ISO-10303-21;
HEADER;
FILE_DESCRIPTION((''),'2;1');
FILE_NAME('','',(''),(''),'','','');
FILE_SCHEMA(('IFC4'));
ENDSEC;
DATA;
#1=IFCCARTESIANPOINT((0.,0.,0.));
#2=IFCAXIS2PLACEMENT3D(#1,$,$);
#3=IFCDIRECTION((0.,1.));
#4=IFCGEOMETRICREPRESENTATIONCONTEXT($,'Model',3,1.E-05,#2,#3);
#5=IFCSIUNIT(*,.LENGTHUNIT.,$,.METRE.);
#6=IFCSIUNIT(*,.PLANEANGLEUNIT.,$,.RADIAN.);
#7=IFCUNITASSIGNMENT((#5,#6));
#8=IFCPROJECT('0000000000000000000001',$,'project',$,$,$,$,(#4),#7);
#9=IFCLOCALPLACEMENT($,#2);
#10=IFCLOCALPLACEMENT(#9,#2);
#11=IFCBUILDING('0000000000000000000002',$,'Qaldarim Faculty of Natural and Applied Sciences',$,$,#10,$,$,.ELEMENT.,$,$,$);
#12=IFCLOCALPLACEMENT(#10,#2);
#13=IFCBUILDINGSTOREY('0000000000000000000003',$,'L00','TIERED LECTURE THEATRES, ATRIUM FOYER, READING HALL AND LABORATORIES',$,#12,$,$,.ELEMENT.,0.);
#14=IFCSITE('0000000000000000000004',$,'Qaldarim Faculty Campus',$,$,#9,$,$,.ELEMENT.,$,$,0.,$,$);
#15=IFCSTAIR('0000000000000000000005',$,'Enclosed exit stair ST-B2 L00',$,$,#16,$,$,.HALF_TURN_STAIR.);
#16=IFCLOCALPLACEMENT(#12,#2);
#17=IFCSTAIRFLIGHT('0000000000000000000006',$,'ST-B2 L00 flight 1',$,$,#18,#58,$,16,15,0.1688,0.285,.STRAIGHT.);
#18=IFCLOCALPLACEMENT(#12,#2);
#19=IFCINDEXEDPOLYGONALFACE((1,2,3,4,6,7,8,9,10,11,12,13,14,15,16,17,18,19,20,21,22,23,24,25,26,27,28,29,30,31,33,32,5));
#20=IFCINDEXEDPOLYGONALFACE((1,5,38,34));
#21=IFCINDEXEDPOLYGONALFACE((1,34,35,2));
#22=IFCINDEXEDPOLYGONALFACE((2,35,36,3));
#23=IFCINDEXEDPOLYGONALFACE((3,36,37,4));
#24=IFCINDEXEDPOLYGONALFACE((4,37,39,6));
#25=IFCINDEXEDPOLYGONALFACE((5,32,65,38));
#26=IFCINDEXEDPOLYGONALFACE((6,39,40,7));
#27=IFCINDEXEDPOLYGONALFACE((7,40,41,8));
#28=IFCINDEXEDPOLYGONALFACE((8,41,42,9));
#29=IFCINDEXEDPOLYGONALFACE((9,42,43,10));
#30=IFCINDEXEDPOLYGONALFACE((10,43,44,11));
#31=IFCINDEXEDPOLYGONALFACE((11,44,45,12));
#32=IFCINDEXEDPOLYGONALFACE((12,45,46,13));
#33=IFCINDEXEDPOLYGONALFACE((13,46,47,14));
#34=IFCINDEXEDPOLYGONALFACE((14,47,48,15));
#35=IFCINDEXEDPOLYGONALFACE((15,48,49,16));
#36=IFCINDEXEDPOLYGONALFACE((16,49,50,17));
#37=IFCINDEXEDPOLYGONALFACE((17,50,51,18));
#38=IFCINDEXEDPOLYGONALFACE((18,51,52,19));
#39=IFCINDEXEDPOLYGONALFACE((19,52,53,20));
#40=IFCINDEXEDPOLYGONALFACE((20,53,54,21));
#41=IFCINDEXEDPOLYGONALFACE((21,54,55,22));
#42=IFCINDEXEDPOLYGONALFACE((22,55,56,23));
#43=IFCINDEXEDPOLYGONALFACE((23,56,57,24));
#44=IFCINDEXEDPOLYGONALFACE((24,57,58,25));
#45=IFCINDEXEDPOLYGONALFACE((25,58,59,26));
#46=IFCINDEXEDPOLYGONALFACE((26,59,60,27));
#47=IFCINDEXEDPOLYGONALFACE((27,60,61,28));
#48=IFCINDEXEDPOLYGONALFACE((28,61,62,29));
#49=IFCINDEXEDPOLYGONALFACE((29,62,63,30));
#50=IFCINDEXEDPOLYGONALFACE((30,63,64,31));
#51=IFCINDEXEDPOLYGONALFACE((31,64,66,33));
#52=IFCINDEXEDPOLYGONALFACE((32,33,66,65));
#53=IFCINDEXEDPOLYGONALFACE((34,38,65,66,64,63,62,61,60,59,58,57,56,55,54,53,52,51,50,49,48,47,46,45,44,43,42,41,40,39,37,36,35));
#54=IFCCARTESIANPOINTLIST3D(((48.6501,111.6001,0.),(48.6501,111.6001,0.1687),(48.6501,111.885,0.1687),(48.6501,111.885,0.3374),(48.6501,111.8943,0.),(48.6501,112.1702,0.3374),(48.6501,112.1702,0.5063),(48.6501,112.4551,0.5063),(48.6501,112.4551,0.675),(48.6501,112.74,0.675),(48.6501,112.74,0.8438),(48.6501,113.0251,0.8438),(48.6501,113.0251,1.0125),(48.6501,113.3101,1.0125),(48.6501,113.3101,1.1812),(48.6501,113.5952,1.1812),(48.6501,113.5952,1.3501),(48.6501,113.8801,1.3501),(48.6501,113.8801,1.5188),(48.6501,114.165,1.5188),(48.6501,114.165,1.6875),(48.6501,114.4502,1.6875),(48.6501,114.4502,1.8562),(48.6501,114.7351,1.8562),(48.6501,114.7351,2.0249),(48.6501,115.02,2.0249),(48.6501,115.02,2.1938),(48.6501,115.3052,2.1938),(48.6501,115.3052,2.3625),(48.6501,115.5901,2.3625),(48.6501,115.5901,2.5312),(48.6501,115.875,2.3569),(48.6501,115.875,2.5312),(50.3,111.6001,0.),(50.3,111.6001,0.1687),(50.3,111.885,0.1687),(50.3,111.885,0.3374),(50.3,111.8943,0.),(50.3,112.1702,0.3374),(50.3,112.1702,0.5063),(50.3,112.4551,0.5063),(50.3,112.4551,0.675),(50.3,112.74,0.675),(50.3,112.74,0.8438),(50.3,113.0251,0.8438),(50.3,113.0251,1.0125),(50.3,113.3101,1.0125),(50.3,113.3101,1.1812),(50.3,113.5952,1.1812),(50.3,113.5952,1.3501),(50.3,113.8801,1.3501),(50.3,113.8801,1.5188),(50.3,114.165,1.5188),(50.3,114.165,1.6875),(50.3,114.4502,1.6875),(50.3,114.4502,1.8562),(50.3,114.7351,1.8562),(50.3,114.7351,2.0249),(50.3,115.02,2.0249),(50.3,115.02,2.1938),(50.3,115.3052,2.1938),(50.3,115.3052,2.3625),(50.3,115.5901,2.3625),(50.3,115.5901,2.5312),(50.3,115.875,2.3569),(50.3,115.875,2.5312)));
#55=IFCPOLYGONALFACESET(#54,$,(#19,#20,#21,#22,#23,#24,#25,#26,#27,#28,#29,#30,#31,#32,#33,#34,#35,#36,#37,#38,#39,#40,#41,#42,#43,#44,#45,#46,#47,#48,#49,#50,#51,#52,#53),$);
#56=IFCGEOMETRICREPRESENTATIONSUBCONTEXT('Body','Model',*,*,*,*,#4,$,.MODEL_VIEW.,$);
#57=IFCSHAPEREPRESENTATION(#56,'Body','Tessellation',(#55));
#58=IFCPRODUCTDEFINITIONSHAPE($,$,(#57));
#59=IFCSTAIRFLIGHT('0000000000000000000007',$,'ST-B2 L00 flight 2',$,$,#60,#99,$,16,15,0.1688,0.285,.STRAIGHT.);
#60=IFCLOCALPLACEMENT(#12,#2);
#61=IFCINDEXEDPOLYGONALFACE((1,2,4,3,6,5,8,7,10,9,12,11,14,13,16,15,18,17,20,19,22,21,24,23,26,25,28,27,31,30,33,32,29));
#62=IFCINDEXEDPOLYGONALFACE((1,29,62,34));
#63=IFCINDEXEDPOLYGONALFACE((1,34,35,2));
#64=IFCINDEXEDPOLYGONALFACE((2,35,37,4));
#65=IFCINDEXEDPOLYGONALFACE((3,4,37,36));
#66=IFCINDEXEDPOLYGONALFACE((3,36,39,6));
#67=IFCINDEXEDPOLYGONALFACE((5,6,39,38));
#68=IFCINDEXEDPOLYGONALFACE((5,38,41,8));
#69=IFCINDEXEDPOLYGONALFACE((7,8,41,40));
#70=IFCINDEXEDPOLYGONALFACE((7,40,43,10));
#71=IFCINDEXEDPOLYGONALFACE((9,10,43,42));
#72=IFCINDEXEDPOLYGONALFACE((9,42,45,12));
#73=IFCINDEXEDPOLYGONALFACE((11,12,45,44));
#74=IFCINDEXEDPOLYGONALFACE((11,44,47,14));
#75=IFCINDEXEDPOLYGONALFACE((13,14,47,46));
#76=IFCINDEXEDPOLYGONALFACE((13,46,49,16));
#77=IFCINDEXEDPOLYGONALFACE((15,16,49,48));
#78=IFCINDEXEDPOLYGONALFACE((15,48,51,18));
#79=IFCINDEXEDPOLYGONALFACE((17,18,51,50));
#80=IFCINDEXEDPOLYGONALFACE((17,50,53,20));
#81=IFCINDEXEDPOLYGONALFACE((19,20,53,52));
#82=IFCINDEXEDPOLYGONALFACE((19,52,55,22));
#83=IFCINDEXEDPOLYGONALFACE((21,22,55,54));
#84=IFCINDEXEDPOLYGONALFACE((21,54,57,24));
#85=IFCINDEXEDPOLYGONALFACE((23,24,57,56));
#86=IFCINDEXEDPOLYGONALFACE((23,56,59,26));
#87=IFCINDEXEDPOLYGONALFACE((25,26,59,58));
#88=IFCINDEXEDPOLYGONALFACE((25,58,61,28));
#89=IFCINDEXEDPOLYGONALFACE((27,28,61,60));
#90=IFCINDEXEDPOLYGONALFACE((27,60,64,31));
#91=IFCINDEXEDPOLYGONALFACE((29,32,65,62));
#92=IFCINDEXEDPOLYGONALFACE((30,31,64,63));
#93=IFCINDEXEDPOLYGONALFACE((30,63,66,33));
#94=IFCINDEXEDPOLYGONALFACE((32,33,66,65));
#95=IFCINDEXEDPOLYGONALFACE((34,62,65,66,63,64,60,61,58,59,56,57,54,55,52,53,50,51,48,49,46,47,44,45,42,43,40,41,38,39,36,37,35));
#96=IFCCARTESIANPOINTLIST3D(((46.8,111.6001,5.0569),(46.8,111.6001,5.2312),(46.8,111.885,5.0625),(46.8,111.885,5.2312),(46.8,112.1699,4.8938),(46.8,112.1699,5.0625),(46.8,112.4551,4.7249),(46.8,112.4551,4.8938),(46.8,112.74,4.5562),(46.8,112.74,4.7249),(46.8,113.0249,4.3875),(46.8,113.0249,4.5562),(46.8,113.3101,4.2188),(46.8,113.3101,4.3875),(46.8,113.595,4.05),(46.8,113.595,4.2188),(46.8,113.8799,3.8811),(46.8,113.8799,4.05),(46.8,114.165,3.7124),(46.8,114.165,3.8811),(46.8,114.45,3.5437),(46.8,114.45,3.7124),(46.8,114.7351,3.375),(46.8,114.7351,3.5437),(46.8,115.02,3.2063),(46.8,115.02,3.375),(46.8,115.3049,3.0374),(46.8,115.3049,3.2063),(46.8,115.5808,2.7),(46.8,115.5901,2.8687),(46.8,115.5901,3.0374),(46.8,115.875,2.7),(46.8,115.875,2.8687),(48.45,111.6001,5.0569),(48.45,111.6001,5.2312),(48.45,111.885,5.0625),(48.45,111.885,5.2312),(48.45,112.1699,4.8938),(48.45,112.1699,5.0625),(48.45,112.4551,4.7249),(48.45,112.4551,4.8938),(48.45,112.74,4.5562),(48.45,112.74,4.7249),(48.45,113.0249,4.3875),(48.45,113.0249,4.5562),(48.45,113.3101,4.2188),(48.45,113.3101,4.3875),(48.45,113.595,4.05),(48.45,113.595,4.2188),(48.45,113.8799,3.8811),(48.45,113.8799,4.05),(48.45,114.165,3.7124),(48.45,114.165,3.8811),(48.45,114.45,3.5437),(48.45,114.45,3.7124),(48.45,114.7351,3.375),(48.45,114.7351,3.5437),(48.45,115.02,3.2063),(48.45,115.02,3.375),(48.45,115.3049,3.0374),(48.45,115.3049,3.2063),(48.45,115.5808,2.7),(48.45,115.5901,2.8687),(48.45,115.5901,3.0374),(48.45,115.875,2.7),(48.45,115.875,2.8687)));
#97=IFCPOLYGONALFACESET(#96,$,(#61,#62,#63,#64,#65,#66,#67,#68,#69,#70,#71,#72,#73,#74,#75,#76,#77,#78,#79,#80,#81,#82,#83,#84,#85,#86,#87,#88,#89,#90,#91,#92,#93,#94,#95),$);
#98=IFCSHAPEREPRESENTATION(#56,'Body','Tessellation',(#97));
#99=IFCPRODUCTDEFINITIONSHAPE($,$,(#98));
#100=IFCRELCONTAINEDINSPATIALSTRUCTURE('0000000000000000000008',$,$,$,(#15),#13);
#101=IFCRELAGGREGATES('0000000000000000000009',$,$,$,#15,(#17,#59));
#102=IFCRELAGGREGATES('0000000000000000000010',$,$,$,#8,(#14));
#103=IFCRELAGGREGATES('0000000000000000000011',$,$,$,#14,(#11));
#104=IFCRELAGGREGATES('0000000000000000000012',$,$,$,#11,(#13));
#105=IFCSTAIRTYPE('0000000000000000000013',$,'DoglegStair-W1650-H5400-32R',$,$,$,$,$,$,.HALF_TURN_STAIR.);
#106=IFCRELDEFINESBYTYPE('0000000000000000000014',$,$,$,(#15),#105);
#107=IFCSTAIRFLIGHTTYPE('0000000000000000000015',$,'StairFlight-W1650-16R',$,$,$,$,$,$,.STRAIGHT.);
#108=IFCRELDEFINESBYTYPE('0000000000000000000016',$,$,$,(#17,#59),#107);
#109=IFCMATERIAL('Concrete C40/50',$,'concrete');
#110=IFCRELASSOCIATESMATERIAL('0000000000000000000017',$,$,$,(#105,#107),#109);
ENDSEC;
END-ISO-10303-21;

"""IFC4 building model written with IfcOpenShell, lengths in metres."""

from ifc_helpers import new_model, si_unit, direction, frame, origin, place, context, subcontext, project, spatial, polyline, outline, extrude, material, type_object, element, aggregate, save


model = new_model("IFC4")

# Units and contexts
model_context = context("Model", 3, precision=1e-05, world=origin(), true_north=direction((0.0, 1.0)))
body_context = subcontext(model_context, "Body", "Model", "MODEL_VIEW")
ifc_project = project(units=[si_unit("LENGTHUNIT", "METRE"), si_unit("PLANEANGLEUNIT", "RADIAN")], contexts=[model_context])

# Site, building, storey
site_placement = place(None, origin())
site = spatial("IfcSite", under=ifc_project, at=site_placement, Name="Qaldarim Faculty Campus", CompositionType="ELEMENT", RefElevation=0.0)
building_placement = place(site_placement, origin())
building = spatial("IfcBuilding", under=site, at=building_placement, Name="Qaldarim Faculty of Natural and Applied Sciences", CompositionType="ELEMENT")
storey_placement = place(building_placement, origin())
storey = spatial("IfcBuildingStorey", under=building, at=storey_placement, Name="L00", Description="TIERED LECTURE THEATRES, ATRIUM FOYER, READING HALL AND LABORATORIES", CompositionType="ELEMENT", Elevation=0.0)

# Shared definitions
ifc_material_1 = material(Name="Concrete C40/50", Category="concrete")

# Stair, stair flights
stair_type = type_object("IfcStairType", Name="DoglegStair-W1650-H5400-32R", PredefinedType="HALF_TURN_STAIR", material=ifc_material_1)
stair_placement = place(storey_placement, origin())
stair = element("IfcStair", 1, at=stair_placement, inside=storey, type_object=stair_type, Name="Enclosed exit stair ST-B2 L00", PredefinedType="HALF_TURN_STAIR")
stair_flight_type = type_object("IfcStairFlightType", Name="StairFlight-W1650-16R", PredefinedType="STRAIGHT", material=ifc_material_1)
stair_flight_1_placement = place(storey_placement, frame((49.4751, 111.6001, 0.0), z_axis=(0.0, 0.0, 1.0), x_axis=(0.0, 1.0, 0.0)))
stair_flight_1 = element("IfcStairFlight", 2, at=stair_flight_1_placement, type_object=stair_flight_type, Name="ST-B2 L00 flight 1", NumberOfRisers=16, NumberOfTreads=15, PredefinedType="STRAIGHT", RiserHeight=0.1688, TreadLength=0.285, context=body_context, shape_type="SweptSolid", body=[
    extrude(outline(polyline([(0.0, 0.0), (0.0, 0.1687), (0.2849, 0.1687), (0.2849, 0.3374), (0.5701, 0.3374), (0.5701, 0.5063), (0.855, 0.5063), (0.855, 0.675), (1.1399, 0.675), (1.1399, 0.8438), (1.425, 0.8438), (1.425, 1.0125), (1.71, 1.0125), (1.71, 1.1812), (1.9951, 1.1812), (1.9951, 1.3501), (2.28, 1.3501), (2.28, 1.5188), (2.5649, 1.5188), (2.5649, 1.6875), (2.8501, 1.6875), (2.8501, 1.8562), (3.135, 1.8562), (3.135, 2.0249), (3.4199, 2.0249), (3.4199, 2.1938), (3.7051, 2.1938), (3.7051, 2.3625), (3.99, 2.3625), (3.99, 2.5312), (4.2749, 2.5312), (4.2749, 2.7), (4.2749, 2.3569), (0.2942, 0.0), (0.0, 0.0)])), frame((0.0, 0.825, 0.0), z_axis=(0.0, -1.0, 0.0), x_axis=(1.0, 0.0, 0.0)), (0.0, 0.0, 1.0), 1.6499),
])
stair_flight_2_placement = place(storey_placement, frame((47.625, 115.875, 2.7), z_axis=(0.0, 0.0, 1.0), x_axis=(0.0, -1.0, 0.0)))
stair_flight_2 = element("IfcStairFlight", 3, at=stair_flight_2_placement, type_object=stair_flight_type, Name="ST-B2 L00 flight 2", NumberOfRisers=16, NumberOfTreads=15, PredefinedType="STRAIGHT", RiserHeight=0.1688, TreadLength=0.285, context=body_context, shape_type="SweptSolid", body=[
    extrude(outline(polyline([(0.0, 0.0), (0.0, 0.1687), (0.2849, 0.1687), (0.2849, 0.3374), (0.5701, 0.3374), (0.5701, 0.5063), (0.855, 0.5063), (0.855, 0.675), (1.1399, 0.675), (1.1399, 0.8438), (1.425, 0.8438), (1.425, 1.0125), (1.71, 1.0125), (1.71, 1.1812), (1.9951, 1.1812), (1.9951, 1.3501), (2.28, 1.3501), (2.28, 1.5188), (2.5649, 1.5188), (2.5649, 1.6875), (2.8501, 1.6875), (2.8501, 1.8562), (3.135, 1.8562), (3.135, 2.0249), (3.4199, 2.0249), (3.4199, 2.1938), (3.7051, 2.1938), (3.7051, 2.3625), (3.99, 2.3625), (3.99, 2.5312), (4.2749, 2.5312), (4.2749, 2.7), (4.2749, 2.3569), (0.2942, 0.0), (0.0, 0.0)])), frame((0.0, 0.825, 0.0), z_axis=(0.0, -1.0, 0.0), x_axis=(1.0, 0.0, 0.0)), (0.0, 0.0, 1.0), 1.6499),
])
aggregate(stair, [stair_flight_1, stair_flight_2])

save(model, "model.ifc")
